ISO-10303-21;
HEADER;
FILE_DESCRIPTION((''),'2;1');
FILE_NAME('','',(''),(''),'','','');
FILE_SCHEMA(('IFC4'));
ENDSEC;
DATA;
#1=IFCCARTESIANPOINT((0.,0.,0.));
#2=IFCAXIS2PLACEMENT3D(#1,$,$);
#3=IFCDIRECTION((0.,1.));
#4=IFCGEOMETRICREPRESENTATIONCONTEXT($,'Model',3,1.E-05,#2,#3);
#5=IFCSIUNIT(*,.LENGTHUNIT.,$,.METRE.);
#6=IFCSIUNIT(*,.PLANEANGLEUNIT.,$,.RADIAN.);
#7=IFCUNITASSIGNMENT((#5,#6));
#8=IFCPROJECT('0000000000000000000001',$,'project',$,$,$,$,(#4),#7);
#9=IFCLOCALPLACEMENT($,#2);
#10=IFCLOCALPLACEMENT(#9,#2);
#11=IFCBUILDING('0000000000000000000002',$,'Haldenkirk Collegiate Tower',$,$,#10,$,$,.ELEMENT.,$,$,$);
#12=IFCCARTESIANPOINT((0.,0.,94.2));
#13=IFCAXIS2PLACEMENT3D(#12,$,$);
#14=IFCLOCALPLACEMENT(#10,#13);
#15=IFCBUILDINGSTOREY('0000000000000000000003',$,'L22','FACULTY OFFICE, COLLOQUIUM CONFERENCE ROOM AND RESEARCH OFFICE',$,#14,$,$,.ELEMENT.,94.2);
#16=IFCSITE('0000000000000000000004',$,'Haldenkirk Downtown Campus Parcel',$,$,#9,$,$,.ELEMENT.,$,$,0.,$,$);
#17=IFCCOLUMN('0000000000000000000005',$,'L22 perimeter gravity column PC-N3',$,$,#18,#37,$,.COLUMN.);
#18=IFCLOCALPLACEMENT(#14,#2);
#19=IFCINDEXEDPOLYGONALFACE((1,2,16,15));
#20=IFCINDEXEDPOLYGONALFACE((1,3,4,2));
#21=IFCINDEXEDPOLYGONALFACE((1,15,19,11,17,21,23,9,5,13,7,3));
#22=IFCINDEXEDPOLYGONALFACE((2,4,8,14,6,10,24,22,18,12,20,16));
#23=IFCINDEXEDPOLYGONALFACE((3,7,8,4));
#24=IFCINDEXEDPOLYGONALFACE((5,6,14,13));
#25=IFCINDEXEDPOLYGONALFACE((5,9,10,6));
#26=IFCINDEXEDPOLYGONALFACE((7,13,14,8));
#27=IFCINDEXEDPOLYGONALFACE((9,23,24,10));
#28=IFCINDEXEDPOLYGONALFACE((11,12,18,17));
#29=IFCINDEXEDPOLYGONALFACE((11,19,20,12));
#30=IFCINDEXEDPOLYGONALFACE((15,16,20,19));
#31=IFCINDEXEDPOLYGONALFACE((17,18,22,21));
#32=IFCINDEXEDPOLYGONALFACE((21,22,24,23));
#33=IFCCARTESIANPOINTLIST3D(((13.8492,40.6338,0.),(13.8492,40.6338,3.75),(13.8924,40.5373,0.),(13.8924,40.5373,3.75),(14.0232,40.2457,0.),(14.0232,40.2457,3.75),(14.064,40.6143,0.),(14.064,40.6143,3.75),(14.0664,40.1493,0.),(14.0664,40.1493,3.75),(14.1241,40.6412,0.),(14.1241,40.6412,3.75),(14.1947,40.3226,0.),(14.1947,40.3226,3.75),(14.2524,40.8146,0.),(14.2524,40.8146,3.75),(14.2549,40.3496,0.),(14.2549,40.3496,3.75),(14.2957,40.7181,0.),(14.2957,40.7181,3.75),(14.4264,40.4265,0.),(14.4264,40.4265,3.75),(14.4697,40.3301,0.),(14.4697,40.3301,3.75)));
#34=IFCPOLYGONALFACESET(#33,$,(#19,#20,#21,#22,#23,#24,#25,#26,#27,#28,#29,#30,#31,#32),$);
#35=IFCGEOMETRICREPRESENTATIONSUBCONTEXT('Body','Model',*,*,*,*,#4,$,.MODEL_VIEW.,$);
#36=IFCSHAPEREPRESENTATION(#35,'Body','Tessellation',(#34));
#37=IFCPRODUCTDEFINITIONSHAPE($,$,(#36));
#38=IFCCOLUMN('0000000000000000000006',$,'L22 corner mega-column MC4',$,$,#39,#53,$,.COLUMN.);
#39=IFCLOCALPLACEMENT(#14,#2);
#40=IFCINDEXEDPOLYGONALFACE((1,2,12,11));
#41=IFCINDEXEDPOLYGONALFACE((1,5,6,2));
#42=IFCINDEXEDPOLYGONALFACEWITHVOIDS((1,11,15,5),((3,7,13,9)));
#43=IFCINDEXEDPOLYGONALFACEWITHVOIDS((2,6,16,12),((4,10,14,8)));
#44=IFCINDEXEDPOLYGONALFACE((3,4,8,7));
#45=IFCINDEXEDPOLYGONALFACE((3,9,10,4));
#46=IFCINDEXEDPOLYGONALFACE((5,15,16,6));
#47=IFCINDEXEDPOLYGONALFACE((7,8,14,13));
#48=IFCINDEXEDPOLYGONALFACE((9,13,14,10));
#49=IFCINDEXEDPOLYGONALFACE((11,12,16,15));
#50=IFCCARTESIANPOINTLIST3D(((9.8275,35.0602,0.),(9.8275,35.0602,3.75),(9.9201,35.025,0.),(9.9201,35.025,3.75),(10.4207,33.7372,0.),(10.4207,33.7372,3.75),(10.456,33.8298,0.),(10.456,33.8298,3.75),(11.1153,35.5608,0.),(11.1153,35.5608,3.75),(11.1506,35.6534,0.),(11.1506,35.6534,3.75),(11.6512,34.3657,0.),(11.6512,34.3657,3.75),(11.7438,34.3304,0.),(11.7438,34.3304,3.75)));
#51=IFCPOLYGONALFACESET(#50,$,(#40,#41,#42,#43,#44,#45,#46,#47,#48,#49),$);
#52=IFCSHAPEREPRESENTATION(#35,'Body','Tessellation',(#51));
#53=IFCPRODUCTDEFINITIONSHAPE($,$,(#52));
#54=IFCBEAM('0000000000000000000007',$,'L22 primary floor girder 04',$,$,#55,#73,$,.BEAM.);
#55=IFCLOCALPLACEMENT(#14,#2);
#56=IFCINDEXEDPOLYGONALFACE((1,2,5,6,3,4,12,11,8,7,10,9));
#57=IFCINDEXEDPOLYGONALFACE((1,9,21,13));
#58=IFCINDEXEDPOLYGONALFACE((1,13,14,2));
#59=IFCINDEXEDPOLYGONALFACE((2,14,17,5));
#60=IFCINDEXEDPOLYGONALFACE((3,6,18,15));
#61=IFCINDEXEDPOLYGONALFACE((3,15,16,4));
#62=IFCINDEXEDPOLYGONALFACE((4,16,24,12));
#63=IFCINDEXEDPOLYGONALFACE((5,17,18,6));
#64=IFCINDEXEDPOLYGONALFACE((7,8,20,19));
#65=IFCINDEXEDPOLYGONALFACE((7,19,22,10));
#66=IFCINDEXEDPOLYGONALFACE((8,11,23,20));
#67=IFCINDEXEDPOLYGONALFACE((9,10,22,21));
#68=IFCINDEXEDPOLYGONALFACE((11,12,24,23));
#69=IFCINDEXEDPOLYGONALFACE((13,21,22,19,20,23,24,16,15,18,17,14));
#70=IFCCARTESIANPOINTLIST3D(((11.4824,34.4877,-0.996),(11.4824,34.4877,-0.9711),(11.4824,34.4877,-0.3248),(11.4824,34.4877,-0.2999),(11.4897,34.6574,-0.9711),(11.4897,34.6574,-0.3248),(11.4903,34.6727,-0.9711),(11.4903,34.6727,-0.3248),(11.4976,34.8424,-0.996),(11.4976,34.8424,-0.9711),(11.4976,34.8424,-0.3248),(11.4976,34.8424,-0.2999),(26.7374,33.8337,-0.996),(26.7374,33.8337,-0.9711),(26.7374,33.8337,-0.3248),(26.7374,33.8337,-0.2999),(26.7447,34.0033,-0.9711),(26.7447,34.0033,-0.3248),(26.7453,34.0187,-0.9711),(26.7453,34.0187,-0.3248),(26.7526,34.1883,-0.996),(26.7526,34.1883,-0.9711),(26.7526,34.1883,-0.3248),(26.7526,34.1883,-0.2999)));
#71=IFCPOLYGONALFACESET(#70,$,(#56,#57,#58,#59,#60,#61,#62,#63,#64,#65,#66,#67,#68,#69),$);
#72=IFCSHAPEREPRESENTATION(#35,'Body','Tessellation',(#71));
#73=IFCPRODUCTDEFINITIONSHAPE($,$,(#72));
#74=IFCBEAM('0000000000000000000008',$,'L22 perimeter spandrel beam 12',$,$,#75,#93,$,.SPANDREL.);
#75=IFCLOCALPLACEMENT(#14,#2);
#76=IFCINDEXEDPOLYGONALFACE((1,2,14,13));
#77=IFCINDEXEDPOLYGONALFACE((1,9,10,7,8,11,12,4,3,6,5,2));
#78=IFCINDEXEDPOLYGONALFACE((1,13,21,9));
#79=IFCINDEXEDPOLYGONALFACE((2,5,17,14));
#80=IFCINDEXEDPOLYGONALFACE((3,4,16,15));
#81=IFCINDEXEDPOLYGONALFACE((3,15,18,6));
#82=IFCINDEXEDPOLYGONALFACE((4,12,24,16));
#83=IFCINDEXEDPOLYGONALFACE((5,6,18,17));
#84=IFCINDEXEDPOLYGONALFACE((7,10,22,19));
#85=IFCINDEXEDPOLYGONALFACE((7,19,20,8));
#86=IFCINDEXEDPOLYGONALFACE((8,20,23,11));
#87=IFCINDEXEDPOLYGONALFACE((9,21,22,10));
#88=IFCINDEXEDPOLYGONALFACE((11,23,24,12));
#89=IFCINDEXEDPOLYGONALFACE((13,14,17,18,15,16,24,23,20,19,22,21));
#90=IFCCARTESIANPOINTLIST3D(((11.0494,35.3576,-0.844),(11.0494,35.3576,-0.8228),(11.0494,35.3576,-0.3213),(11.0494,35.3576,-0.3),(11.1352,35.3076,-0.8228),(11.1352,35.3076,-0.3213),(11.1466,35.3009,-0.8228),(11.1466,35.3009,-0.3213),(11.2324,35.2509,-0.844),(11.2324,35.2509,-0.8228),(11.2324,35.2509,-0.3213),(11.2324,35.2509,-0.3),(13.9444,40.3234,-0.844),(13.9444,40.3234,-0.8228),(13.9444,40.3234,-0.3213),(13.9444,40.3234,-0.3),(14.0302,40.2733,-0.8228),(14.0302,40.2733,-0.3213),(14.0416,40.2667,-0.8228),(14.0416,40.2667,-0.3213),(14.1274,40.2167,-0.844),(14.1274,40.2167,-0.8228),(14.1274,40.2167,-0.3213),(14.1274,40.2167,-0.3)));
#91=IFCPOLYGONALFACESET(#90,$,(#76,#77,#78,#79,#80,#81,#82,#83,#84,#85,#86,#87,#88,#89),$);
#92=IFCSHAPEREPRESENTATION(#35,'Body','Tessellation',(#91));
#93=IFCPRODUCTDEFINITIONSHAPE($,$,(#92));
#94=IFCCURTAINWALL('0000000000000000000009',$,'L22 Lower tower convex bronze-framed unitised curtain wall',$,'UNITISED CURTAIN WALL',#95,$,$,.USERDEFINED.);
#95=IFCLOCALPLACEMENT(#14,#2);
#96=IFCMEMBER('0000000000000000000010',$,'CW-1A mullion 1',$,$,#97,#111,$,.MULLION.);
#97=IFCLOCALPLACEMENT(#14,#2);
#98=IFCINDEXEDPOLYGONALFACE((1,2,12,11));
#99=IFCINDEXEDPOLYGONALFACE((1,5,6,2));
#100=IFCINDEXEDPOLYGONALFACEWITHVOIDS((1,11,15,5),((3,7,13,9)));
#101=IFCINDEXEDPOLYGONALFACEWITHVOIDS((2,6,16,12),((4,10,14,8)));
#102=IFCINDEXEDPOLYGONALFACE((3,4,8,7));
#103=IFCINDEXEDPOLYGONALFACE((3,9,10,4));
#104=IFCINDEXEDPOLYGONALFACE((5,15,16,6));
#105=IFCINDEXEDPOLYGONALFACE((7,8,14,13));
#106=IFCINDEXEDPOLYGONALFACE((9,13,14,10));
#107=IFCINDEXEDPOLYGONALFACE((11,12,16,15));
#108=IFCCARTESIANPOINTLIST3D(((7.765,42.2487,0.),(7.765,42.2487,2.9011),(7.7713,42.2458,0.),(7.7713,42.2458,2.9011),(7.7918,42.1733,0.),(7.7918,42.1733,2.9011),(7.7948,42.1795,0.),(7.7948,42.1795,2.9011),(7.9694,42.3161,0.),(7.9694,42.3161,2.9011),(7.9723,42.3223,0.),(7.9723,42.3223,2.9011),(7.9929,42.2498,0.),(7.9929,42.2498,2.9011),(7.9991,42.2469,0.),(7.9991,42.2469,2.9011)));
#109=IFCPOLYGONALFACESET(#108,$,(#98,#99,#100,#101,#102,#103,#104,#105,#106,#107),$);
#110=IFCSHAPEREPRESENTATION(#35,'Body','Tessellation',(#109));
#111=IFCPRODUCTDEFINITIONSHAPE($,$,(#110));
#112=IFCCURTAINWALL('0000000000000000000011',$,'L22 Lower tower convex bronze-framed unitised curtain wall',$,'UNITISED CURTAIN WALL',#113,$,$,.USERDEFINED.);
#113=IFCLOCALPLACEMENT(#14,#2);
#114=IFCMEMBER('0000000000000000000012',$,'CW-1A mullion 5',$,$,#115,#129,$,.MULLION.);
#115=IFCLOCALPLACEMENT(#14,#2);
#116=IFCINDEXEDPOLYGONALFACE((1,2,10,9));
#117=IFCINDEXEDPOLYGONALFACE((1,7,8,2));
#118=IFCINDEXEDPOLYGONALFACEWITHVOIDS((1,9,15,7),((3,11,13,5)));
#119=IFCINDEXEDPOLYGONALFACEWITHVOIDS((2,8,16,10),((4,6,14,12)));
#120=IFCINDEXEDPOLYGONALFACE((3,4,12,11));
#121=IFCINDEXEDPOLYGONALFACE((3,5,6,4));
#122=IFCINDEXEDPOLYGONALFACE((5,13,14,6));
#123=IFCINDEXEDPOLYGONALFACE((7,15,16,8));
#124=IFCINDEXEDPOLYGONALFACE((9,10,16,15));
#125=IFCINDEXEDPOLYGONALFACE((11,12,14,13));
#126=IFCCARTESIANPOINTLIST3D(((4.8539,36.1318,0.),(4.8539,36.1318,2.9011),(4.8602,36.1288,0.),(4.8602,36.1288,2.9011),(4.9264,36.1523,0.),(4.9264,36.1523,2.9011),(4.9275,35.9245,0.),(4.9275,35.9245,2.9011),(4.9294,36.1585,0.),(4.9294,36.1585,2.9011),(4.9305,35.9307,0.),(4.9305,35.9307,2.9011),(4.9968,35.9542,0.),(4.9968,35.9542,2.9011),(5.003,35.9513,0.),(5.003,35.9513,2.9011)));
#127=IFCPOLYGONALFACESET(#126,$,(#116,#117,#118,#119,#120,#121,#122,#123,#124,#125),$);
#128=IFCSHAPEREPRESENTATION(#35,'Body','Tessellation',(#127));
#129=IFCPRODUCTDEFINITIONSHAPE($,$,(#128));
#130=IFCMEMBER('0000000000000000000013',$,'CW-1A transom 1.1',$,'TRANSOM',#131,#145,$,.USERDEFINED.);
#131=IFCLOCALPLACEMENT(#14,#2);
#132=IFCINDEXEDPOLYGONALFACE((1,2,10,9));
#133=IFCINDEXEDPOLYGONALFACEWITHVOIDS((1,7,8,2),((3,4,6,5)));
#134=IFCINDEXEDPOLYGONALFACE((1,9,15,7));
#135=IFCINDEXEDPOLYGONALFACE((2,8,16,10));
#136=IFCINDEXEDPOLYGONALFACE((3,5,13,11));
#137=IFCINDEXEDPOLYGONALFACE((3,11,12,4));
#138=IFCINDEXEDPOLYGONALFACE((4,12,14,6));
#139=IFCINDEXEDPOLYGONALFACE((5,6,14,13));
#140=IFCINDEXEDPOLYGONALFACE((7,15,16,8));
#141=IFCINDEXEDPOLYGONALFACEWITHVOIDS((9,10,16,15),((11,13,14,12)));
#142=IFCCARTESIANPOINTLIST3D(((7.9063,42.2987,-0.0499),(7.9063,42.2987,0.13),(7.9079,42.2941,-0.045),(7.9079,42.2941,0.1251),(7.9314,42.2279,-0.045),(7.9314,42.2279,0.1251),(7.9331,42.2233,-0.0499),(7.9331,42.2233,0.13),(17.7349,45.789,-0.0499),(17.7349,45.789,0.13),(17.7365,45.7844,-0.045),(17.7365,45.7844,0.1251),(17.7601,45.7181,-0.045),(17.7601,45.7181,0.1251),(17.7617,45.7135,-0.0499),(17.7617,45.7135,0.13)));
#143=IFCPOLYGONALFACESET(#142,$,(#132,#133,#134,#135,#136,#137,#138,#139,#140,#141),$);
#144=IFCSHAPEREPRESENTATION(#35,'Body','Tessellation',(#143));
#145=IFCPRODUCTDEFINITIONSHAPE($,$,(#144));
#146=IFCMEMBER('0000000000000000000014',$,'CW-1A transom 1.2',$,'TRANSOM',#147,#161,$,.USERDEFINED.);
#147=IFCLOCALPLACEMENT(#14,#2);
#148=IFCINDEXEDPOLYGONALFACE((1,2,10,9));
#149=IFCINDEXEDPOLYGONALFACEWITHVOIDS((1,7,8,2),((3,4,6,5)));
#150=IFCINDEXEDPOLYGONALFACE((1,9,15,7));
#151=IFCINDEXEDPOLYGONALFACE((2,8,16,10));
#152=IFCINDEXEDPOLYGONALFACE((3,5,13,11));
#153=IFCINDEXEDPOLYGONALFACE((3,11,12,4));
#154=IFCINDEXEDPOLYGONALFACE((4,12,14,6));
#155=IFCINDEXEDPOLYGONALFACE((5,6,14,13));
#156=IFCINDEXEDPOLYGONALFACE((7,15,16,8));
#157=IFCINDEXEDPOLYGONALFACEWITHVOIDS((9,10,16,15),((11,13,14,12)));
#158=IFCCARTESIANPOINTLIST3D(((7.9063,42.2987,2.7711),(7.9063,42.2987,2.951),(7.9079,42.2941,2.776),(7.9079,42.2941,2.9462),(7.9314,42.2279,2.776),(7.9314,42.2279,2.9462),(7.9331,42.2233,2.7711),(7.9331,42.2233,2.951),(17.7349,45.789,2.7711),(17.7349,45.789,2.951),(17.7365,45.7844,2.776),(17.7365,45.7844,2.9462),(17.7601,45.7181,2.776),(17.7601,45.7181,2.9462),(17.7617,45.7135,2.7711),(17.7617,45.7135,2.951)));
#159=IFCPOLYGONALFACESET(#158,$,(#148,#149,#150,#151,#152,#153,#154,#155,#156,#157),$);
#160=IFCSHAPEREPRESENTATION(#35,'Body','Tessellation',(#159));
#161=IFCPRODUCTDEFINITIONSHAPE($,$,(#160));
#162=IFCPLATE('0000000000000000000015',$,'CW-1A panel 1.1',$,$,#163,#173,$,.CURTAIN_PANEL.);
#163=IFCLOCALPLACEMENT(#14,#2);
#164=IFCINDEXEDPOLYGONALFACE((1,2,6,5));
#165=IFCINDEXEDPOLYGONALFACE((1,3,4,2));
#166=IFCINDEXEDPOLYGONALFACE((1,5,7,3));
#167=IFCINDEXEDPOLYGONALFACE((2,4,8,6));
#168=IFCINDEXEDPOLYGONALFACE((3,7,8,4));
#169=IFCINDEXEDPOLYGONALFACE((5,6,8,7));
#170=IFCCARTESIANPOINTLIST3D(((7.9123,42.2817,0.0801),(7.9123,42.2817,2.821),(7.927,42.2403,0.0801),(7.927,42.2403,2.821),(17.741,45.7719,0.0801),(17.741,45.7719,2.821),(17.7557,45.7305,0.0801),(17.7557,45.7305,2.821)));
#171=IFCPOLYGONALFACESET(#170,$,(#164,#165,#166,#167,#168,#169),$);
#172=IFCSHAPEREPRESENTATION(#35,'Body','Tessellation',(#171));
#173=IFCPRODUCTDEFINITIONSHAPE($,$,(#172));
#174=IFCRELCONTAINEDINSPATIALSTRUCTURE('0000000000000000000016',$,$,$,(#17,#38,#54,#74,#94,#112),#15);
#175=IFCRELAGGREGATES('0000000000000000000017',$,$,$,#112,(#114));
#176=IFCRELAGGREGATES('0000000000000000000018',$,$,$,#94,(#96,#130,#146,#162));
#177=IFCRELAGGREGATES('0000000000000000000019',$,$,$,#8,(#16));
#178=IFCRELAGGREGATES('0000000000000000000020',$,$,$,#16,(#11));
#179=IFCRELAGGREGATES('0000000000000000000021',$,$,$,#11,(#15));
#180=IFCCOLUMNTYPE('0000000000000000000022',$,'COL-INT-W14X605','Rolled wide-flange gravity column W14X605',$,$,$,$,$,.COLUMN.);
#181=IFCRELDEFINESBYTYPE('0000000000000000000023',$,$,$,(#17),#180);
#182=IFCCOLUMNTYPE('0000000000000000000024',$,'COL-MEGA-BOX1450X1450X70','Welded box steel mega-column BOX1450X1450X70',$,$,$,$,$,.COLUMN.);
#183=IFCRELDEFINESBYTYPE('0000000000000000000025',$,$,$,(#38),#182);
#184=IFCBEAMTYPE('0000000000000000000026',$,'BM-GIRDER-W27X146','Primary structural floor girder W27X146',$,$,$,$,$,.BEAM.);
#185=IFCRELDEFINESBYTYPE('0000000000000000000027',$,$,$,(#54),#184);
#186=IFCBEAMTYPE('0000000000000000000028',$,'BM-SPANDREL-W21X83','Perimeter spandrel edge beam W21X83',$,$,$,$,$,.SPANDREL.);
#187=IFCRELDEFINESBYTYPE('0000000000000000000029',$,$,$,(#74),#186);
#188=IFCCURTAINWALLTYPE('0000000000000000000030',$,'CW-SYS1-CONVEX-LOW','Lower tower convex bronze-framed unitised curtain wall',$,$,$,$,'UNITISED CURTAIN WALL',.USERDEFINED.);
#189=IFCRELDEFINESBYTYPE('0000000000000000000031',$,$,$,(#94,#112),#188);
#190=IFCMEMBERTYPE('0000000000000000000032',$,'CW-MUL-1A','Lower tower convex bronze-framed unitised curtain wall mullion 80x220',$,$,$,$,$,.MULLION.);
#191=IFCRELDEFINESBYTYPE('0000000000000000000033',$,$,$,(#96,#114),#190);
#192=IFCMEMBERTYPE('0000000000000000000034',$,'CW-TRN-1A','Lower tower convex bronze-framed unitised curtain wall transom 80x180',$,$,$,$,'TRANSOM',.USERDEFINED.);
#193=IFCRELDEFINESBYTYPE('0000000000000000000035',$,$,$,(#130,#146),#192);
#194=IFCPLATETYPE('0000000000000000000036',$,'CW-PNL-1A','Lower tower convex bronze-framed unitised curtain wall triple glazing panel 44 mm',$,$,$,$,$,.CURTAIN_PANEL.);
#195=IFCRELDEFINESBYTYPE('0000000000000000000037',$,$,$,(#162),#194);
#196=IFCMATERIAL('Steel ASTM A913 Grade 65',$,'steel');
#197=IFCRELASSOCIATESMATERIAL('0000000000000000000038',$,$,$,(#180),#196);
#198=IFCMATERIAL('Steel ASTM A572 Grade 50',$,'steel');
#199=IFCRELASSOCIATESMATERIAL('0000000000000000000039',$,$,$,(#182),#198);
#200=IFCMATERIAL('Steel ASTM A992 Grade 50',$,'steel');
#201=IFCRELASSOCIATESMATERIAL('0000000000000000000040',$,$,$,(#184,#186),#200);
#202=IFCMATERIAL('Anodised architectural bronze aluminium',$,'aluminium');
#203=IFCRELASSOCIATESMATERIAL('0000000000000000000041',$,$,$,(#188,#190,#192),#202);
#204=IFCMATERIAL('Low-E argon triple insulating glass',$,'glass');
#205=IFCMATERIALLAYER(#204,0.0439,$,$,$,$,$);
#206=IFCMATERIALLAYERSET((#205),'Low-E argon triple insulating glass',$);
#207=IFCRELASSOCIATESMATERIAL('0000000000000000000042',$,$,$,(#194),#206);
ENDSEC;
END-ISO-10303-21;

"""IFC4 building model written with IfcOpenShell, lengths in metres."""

from ifc_helpers import new_model, si_unit, direction, frame, origin, origin_2d, place, context, subcontext, project, spatial, rectangle, hollow_rectangle, i_section, extrude, source, transform, mapped, material, layer, layer_set, material_profile, profile_set, type_object, element, aggregate, save


model = new_model("IFC4")

# Units and contexts
model_context = context("Model", 3, precision=1e-05, world=origin(), true_north=direction((0.0, 1.0)))
body_context = subcontext(model_context, "Body", "Model", "MODEL_VIEW")
ifc_project = project(units=[si_unit("LENGTHUNIT", "METRE"), si_unit("PLANEANGLEUNIT", "RADIAN")], contexts=[model_context])

# Site, building, storey
site_placement = place(None, origin())
site = spatial("IfcSite", under=ifc_project, at=site_placement, Name="Haldenkirk Downtown Campus Parcel", CompositionType="ELEMENT", RefElevation=0.0)
building_placement = place(site_placement, origin())
building = spatial("IfcBuilding", under=site, at=building_placement, Name="Haldenkirk Collegiate Tower", CompositionType="ELEMENT")
storey_placement = place(building_placement, frame((0.0, 0.0, 94.2)))
storey = spatial("IfcBuildingStorey", under=building, at=storey_placement, Name="L22", Description="FACULTY OFFICE, COLLOQUIUM CONFERENCE ROOM AND RESEARCH OFFICE", CompositionType="ELEMENT", Elevation=94.2)

# Columns
ifc_material_1 = material(Name="Steel ASTM A913 Grade 65", Category="steel")
ifc_material_profile_1 = material_profile(ifc_material_1, i_section(OverallWidth=0.4419, OverallDepth=0.531, WebThickness=0.0659, FlangeThickness=0.1057, at=origin_2d()), Name="W14X605")
ifc_profile_set_1 = profile_set([ifc_material_profile_1], Name="Steel ASTM A913 Grade 65")
column_type_1 = type_object("IfcColumnType", Name="COL-INT-W14X605", Description="Rolled wide-flange gravity column W14X605", PredefinedType="COLUMN", material=ifc_profile_set_1)
column_1_placement = place(storey_placement, frame((14.1594, 40.4819, 0.0), z_axis=(0.0, 0.0, 1.0), x_axis=(0.912477, 0.409127, 0.0)))
element("IfcColumn", 1, at=column_1_placement, inside=storey, type_object=column_type_1, Name="L22 perimeter gravity column PC-N3", PredefinedType="COLUMN", context=body_context, shape_type="SweptSolid", body=[
    extrude(i_section(OverallWidth=0.4419, OverallDepth=0.531, WebThickness=0.0659, FlangeThickness=0.1057, at=origin_2d()), origin(), (0.0, 0.0, 1.0), 3.75),
])
ifc_material_2 = material(Name="Steel ASTM A572 Grade 50", Category="steel")
ifc_material_profile_2 = material_profile(ifc_material_2, hollow_rectangle(XDim=1.45, YDim=1.45, WallThickness=0.0701, at=origin_2d()), Name="BOX1450X1450X70")
ifc_profile_set_2 = profile_set([ifc_material_profile_2], Name="Steel ASTM A572 Grade 50")
column_type_2 = type_object("IfcColumnType", Name="COL-MEGA-BOX1450X1450X70", Description="Welded box steel mega-column BOX1450X1450X70", PredefinedType="COLUMN", material=ifc_profile_set_2)
column_2_placement = place(storey_placement, frame((10.7856, 34.6953, 0.0), z_axis=(0.0, 0.0, 1.0), x_axis=(0.912477, 0.409127, 0.0)))
element("IfcColumn", 2, at=column_2_placement, inside=storey, type_object=column_type_2, Name="L22 corner mega-column MC4", PredefinedType="COLUMN", context=body_context, shape_type="SweptSolid", body=[
    extrude(hollow_rectangle(XDim=1.45, YDim=1.45, WallThickness=0.0701, at=origin_2d()), origin(), (0.0, 0.0, 1.0), 3.75),
])

# Beams
ifc_material_3 = material(Name="Steel ASTM A992 Grade 50", Category="steel")
ifc_material_profile_3 = material_profile(ifc_material_3, i_section(OverallWidth=0.355, OverallDepth=0.696, WebThickness=0.0154, FlangeThickness=0.0249, at=origin_2d()), Name="W27X146")
ifc_profile_set_3 = profile_set([ifc_material_profile_3], Name="Steel ASTM A992 Grade 50")
beam_type_1 = type_object("IfcBeamType", Name="BM-GIRDER-W27X146", Description="Primary structural floor girder W27X146", PredefinedType="BEAM", material=ifc_profile_set_3)
beam_1_placement = place(storey_placement, frame((11.49, 34.665, -0.6479), z_axis=(0.999082, -0.042835, 0.0), x_axis=(0.042835, 0.999082, 0.0)))
element("IfcBeam", 3, at=beam_1_placement, inside=storey, type_object=beam_type_1, Name="L22 primary floor girder 04", PredefinedType="BEAM", context=body_context, shape_type="SweptSolid", body=[
    extrude(i_section(OverallWidth=0.355, OverallDepth=0.696, WebThickness=0.0154, FlangeThickness=0.0249, at=origin_2d()), origin(), (0.0, 0.0, 1.0), 15.269),
])
ifc_material_profile_4 = material_profile(ifc_material_3, i_section(OverallWidth=0.2119, OverallDepth=0.5439, WebThickness=0.0132, FlangeThickness=0.0212, at=origin_2d()), Name="W21X83")
ifc_profile_set_4 = profile_set([ifc_material_profile_4], Name="Steel ASTM A992 Grade 50")
beam_type_2 = type_object("IfcBeamType", Name="BM-SPANDREL-W21X83", Description="Perimeter spandrel edge beam W21X83", PredefinedType="SPANDREL", material=ifc_profile_set_4)
beam_2_placement = place(storey_placement, frame((14.0359, 40.27, -0.572), z_axis=(-0.503649, -0.863908, 0.0), x_axis=(0.863908, -0.503649, 0.0)))
element("IfcBeam", 4, at=beam_2_placement, inside=storey, type_object=beam_type_2, Name="L22 perimeter spandrel beam 12", PredefinedType="SPANDREL", context=body_context, shape_type="SweptSolid", body=[
    extrude(i_section(OverallWidth=0.2119, OverallDepth=0.5439, WebThickness=0.0132, FlangeThickness=0.0212, at=origin_2d()), origin(), (0.0, 0.0, 1.0), 5.748),
])

# Curtain walls, members
ifc_material_4 = material(Name="Anodised architectural bronze aluminium", Category="aluminium")
curtain_wall_type = type_object("IfcCurtainWallType", Name="CW-SYS1-CONVEX-LOW", Description="Lower tower convex bronze-framed unitised curtain wall", ElementType="UNITISED CURTAIN WALL", PredefinedType="USERDEFINED", material=ifc_material_4)
curtain_wall_1_placement = place(storey_placement, origin())
curtain_wall_1 = element("IfcCurtainWall", 5, at=curtain_wall_1_placement, inside=storey, type_object=curtain_wall_type, Name="L22 Lower tower convex bronze-framed unitised curtain wall", ObjectType="UNITISED CURTAIN WALL", PredefinedType="USERDEFINED")
ifc_material_profile_5 = material_profile(ifc_material_4, hollow_rectangle(XDim=0.0801, YDim=0.22, WallThickness=0.0049, at=origin_2d()), Name="CW-MUL-1A")
ifc_profile_set_5 = profile_set([ifc_material_profile_5], Name="Anodised architectural bronze aluminium")
member_type_1 = type_object("IfcMemberType", Name="CW-MUL-1A", Description="Lower tower convex bronze-framed unitised curtain wall mullion 80x220", PredefinedType="MULLION", material=ifc_profile_set_5)
member_1_placement = place(storey_placement, frame((7.8821, 42.2478, 0.0), z_axis=(0.0, 0.0, 1.0), x_axis=(-0.334628, 0.94235, 0.0)))
member_1 = element("IfcMember", 6, at=member_1_placement, type_object=member_type_1, Name="CW-1A mullion 1", PredefinedType="MULLION", context=body_context, shape_type="SweptSolid", body=[
    extrude(hollow_rectangle(XDim=0.0801, YDim=0.22, WallThickness=0.0049, at=origin_2d()), origin(), (0.0, 0.0, 1.0), 2.9011),
])
curtain_wall_2_placement = place(storey_placement, origin())
curtain_wall_2 = element("IfcCurtainWall", 7, at=curtain_wall_2_placement, inside=storey, type_object=curtain_wall_type, Name="L22 Lower tower convex bronze-framed unitised curtain wall", ObjectType="UNITISED CURTAIN WALL", PredefinedType="USERDEFINED")
member_2_placement = place(storey_placement, frame((4.9285, 36.0415, 0.0), z_axis=(0.0, 0.0, 1.0), x_axis=(-0.942351, -0.334626, 0.0)))
member_2 = element("IfcMember", 8, at=member_2_placement, type_object=member_type_1, Name="CW-1A mullion 5", PredefinedType="MULLION", context=body_context, shape_type="SweptSolid", body=[
    extrude(hollow_rectangle(XDim=0.0801, YDim=0.22, WallThickness=0.0049, at=origin_2d()), origin(), (0.0, 0.0, 1.0), 2.9011),
])
aggregate(curtain_wall_2, [member_2])

# Members
ifc_material_profile_6 = material_profile(ifc_material_4, hollow_rectangle(XDim=0.0801, YDim=0.1799, WallThickness=0.0049, at=origin_2d()), Name="CW-TRN-1A")
ifc_profile_set_6 = profile_set([ifc_material_profile_6], Name="Anodised architectural bronze aluminium")
member_type_2 = type_object("IfcMemberType", Name="CW-TRN-1A", Description="Lower tower convex bronze-framed unitised curtain wall transom 80x180", ElementType="TRANSOM", PredefinedType="USERDEFINED", material=ifc_profile_set_6)
member_3_placement = place(storey_placement, frame((7.9197, 42.261, 0.04), z_axis=(0.942347, 0.334637, 0.0), x_axis=(-0.334637, 0.942347, 0.0)))
member_3 = element("IfcMember", 9, at=member_3_placement, type_object=member_type_2, Name="CW-1A transom 1.1", ObjectType="TRANSOM", PredefinedType="USERDEFINED", context=body_context, shape_type="SweptSolid", body=[
    extrude(hollow_rectangle(XDim=0.0801, YDim=0.1799, WallThickness=0.0049, at=origin_2d()), origin(), (0.0, 0.0, 1.0), 10.4299),
])
member_4_placement = place(storey_placement, frame((7.9197, 42.261, 2.8611), z_axis=(0.942347, 0.334637, 0.0), x_axis=(-0.334637, 0.942347, 0.0)))
member_4 = element("IfcMember", 10, at=member_4_placement, type_object=member_type_2, Name="CW-1A transom 1.2", ObjectType="TRANSOM", PredefinedType="USERDEFINED", context=body_context, shape_type="SweptSolid", body=[
    extrude(hollow_rectangle(XDim=0.0801, YDim=0.1799, WallThickness=0.0049, at=origin_2d()), origin(), (0.0, 0.0, 1.0), 10.4299),
])

# Plate
ifc_material_5 = material(Name="Low-E argon triple insulating glass", Category="glass")
ifc_layer_1 = layer(ifc_material_5, 0.0439)
ifc_layer_set_1 = layer_set([ifc_layer_1], Name="Low-E argon triple insulating glass")
plate_type = type_object("IfcPlateType", Name="CW-PNL-1A", Description="Lower tower convex bronze-framed unitised curtain wall triple glazing panel 44 mm", PredefinedType="CURTAIN_PANEL", material=ifc_layer_set_1)
shared_shape_1 = source(origin(), body_context, "Body", "SweptSolid", [
    extrude(rectangle(XDim=10.4299, YDim=0.0439, at=origin_2d()), origin(), (0.0, 0.0, 1.0), 2.741),
])
plate_placement = place(storey_placement, frame((12.834, 44.0061, 0.0801), z_axis=(0.0, 0.0, 1.0), x_axis=(0.94235, 0.334628, 0.0)))
plate = element("IfcPlate", 11, at=plate_placement, type_object=plate_type, Name="CW-1A panel 1.1", PredefinedType="CURTAIN_PANEL", context=body_context, shape_type="MappedRepresentation", body=[
    mapped(shared_shape_1, transform((0.0, 0.0, 0.0), x_axis=(1.0, 0.0, 0.0), y_axis=(0.0, 1.0, 0.0), z_axis=(0.0, 0.0, 1.0), scale=1.0)),
])
aggregate(curtain_wall_1, [member_1, member_3, member_4, plate])

save(model, "model.ifc")
